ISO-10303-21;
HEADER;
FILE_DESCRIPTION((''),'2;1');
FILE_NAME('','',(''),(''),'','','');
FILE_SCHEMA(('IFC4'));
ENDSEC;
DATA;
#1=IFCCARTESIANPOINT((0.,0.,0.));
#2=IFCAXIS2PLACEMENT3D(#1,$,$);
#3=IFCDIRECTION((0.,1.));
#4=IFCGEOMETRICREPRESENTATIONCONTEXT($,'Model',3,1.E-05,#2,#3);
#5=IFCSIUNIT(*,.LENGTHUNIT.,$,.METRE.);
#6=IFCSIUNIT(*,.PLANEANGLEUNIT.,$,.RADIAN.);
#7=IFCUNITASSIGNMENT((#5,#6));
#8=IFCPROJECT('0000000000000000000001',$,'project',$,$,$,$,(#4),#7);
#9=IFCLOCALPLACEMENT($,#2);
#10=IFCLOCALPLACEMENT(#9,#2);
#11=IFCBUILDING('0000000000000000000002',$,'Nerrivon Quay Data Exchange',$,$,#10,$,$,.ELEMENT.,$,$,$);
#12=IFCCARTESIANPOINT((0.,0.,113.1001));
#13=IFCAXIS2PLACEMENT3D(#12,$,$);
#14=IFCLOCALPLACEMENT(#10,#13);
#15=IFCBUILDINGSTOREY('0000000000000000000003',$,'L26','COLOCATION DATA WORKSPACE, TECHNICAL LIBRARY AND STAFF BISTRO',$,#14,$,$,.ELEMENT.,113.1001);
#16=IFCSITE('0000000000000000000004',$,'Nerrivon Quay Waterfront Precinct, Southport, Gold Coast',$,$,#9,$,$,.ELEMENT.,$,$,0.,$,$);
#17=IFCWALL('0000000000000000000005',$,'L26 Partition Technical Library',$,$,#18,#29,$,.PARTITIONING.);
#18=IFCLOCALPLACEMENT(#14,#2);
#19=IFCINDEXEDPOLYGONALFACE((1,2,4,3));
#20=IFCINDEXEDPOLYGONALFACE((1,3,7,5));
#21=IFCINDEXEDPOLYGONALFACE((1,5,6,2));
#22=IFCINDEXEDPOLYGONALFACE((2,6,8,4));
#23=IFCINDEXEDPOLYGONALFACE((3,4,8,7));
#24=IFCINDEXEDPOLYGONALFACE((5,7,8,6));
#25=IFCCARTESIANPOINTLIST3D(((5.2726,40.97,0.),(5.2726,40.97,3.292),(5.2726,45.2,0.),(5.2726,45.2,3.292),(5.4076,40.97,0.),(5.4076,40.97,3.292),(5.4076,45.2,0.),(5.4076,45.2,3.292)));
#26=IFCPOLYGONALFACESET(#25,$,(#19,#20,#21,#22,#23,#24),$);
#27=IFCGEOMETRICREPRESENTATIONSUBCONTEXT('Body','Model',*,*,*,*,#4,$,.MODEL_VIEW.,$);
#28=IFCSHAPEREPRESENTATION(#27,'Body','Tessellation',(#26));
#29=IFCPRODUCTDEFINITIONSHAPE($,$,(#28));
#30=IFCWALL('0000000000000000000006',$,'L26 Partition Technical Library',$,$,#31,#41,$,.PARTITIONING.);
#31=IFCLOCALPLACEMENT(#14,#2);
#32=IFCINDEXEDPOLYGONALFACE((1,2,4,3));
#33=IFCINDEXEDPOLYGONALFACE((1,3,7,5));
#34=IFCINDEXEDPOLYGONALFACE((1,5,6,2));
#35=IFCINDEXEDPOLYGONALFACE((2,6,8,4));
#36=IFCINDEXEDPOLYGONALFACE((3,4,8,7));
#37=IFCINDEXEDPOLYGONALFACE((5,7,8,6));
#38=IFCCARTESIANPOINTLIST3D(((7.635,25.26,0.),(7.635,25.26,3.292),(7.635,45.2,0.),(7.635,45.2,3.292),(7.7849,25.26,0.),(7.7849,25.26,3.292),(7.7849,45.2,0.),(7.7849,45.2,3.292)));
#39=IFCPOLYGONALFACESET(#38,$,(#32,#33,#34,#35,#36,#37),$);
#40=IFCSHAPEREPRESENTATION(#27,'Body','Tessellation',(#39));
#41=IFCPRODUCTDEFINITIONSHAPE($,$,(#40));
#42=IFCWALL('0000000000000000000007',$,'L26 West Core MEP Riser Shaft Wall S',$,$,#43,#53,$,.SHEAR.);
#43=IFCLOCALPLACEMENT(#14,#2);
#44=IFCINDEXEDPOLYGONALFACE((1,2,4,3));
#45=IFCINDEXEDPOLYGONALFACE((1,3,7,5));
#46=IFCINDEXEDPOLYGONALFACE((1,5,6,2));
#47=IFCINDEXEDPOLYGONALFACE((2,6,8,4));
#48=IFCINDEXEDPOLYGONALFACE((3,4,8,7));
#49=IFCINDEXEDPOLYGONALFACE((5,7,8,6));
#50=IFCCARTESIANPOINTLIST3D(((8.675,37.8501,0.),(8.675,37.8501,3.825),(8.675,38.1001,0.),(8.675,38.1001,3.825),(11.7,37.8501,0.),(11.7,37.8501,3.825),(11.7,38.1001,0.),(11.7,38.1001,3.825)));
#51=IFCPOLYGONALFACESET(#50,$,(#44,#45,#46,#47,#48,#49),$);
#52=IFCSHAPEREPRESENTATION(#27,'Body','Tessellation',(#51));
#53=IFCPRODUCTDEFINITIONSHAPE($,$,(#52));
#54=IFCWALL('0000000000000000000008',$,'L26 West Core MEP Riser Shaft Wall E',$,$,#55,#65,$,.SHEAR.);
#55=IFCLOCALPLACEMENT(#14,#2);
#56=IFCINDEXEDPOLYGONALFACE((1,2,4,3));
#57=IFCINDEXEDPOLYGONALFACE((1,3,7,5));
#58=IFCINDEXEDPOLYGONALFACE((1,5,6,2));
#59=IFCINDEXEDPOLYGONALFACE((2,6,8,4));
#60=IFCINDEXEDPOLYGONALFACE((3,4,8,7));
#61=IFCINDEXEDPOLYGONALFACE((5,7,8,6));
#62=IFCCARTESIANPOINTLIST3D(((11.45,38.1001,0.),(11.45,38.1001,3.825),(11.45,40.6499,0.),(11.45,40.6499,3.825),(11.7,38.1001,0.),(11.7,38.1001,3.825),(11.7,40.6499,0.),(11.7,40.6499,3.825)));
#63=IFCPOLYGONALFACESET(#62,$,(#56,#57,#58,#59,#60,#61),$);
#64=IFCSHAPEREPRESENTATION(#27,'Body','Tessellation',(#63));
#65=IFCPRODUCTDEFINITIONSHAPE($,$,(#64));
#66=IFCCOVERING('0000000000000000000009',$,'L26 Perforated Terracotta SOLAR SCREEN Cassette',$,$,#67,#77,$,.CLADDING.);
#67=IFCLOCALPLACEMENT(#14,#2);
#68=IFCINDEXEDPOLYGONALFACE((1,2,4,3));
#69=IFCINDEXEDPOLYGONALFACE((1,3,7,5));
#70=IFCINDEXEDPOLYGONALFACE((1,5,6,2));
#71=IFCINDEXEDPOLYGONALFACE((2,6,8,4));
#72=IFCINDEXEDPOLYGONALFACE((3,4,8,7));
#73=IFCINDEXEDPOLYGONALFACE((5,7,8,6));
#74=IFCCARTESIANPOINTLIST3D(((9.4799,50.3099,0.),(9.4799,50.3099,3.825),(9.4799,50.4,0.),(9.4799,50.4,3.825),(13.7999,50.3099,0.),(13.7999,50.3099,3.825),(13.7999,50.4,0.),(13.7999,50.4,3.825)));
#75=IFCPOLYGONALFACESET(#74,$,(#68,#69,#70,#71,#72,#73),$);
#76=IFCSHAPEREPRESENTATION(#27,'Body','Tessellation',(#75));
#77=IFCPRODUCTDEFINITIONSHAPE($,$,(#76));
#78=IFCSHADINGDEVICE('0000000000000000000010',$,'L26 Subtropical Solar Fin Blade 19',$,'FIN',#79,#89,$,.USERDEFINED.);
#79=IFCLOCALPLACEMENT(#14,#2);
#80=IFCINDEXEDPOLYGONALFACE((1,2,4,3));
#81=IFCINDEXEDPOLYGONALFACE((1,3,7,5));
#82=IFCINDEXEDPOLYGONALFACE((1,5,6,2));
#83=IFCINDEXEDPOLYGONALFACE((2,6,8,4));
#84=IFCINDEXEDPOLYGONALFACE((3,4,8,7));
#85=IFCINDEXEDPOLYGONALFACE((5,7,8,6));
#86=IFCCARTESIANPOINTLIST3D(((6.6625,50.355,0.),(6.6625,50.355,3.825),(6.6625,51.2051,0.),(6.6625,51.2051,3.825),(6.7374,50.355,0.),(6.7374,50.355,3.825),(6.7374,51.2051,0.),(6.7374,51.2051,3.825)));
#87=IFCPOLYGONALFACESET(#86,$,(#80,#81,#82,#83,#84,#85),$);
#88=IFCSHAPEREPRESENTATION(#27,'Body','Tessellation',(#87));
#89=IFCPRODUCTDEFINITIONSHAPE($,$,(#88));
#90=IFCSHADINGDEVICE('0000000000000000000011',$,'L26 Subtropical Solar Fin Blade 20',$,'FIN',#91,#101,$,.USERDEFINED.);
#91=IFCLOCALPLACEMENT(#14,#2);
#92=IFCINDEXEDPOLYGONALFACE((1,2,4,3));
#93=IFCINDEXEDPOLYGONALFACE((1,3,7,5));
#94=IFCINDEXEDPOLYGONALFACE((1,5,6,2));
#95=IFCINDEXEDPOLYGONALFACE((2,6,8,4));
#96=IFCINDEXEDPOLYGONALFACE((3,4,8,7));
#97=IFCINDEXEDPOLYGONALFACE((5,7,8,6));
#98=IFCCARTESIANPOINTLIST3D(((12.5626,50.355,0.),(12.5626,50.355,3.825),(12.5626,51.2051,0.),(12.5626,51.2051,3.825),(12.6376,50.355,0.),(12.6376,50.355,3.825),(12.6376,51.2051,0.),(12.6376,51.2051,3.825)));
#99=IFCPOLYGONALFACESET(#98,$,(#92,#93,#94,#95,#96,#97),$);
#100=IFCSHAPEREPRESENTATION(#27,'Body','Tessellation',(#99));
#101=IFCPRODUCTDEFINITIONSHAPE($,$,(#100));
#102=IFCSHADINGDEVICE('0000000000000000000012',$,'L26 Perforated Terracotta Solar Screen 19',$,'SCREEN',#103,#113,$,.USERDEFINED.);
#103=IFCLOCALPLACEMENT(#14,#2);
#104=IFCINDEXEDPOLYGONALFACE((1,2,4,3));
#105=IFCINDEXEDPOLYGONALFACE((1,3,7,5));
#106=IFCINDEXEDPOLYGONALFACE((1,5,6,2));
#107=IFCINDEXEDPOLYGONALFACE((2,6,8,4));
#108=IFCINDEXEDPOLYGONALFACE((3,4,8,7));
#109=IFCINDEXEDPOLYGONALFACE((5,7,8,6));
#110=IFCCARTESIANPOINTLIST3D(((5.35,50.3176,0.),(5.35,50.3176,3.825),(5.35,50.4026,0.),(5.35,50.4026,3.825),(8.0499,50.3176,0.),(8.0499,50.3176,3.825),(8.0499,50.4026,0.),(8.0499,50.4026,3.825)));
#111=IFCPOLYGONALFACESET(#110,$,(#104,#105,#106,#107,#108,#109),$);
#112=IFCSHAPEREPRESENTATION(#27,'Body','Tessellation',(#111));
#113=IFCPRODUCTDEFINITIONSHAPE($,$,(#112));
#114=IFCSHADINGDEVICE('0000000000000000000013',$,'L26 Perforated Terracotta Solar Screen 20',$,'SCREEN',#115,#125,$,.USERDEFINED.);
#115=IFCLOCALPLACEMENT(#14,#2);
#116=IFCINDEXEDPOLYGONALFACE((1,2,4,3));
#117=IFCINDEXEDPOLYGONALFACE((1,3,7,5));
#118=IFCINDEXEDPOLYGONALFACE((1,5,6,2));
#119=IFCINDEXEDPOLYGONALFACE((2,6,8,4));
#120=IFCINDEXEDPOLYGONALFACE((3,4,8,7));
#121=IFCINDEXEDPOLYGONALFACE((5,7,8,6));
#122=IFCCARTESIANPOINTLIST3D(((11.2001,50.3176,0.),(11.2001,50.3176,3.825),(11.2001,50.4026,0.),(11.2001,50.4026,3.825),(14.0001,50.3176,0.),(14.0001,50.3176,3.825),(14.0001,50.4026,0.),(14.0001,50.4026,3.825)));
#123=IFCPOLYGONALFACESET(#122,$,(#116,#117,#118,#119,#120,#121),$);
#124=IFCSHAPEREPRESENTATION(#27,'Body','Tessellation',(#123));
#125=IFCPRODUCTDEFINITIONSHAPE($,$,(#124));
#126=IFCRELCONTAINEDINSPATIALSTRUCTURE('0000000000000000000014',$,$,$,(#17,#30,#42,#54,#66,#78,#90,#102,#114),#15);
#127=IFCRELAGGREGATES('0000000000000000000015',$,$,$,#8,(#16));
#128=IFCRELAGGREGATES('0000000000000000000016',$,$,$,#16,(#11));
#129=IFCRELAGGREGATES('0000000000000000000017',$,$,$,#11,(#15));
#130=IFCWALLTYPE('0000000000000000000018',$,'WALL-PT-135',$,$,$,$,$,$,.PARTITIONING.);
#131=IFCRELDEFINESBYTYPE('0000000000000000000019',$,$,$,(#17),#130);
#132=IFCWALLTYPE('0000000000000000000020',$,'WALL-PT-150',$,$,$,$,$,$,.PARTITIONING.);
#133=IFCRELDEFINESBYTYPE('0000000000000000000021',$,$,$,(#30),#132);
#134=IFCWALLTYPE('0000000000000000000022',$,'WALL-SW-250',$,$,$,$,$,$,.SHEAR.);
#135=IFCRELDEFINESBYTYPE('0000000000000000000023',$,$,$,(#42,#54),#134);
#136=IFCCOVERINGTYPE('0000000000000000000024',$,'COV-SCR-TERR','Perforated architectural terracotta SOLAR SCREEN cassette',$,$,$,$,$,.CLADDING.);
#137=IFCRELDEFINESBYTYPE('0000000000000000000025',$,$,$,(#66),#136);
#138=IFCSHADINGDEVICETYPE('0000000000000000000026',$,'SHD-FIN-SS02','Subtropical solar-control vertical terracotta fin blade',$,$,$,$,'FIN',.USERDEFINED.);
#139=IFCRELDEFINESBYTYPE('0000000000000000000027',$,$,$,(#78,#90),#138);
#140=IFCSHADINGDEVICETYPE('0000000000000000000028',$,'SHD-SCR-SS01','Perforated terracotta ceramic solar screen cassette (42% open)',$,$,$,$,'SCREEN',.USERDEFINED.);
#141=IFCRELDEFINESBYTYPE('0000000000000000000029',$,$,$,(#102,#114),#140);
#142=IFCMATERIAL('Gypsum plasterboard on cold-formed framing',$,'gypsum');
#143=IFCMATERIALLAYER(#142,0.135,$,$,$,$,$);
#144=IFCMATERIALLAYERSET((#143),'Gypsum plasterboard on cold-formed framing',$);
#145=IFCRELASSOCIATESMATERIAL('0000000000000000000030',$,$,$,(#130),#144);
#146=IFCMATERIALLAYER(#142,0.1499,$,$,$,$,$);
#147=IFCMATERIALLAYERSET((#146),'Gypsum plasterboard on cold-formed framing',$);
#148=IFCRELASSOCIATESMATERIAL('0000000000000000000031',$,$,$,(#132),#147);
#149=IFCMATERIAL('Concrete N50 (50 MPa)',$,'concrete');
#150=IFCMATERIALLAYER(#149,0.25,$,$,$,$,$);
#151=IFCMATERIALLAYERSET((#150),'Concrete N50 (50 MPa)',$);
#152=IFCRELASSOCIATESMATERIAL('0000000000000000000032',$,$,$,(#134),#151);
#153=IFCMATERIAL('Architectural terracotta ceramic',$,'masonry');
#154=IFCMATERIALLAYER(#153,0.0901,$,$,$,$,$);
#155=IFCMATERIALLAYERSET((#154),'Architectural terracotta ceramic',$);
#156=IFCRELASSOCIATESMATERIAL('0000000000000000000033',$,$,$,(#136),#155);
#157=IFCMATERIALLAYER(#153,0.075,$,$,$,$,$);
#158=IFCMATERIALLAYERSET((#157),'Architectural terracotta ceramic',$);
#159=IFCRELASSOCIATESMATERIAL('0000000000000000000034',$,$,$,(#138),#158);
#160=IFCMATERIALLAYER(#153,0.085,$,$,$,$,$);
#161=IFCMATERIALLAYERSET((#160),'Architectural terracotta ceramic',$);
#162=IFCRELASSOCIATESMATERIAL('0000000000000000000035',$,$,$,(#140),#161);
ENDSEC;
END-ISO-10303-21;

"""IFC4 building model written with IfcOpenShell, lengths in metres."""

from ifc_helpers import new_model, si_unit, direction, frame, frame_2d, origin, origin_2d, place, context, subcontext, project, spatial, rectangle, extrude, material, layer, layer_set, type_object, element, save


model = new_model("IFC4")

# Units and contexts
model_context = context("Model", 3, precision=1e-05, world=origin(), true_north=direction((0.0, 1.0)))
body_context = subcontext(model_context, "Body", "Model", "MODEL_VIEW")
ifc_project = project(units=[si_unit("LENGTHUNIT", "METRE"), si_unit("PLANEANGLEUNIT", "RADIAN")], contexts=[model_context])

# Site, building, storey
site_placement = place(None, origin())
site = spatial("IfcSite", under=ifc_project, at=site_placement, Name="Nerrivon Quay Waterfront Precinct, Southport, Gold Coast", CompositionType="ELEMENT", RefElevation=0.0)
building_placement = place(site_placement, origin())
building = spatial("IfcBuilding", under=site, at=building_placement, Name="Nerrivon Quay Data Exchange", CompositionType="ELEMENT")
storey_placement = place(building_placement, frame((0.0, 0.0, 113.1001)))
storey = spatial("IfcBuildingStorey", under=building, at=storey_placement, Name="L26", Description="COLOCATION DATA WORKSPACE, TECHNICAL LIBRARY AND STAFF BISTRO", CompositionType="ELEMENT", Elevation=113.1001)

# Shared definitions
ifc_material_1 = material(Name="Gypsum plasterboard on cold-formed framing", Category="gypsum")

# Walls
ifc_layer_1 = layer(ifc_material_1, 0.135)
ifc_layer_set_1 = layer_set([ifc_layer_1], Name="Gypsum plasterboard on cold-formed framing")
wall_type_1 = type_object("IfcWallType", Name="WALL-PT-135", PredefinedType="PARTITIONING", material=ifc_layer_set_1)
wall_1_placement = place(storey_placement, frame((5.3401, 40.97, 0.0), z_axis=(0.0, 0.0, 1.0), x_axis=(0.0, 1.0, 0.0)))
element("IfcWall", 1, at=wall_1_placement, inside=storey, type_object=wall_type_1, Name="L26 Partition Technical Library", PredefinedType="PARTITIONING", context=body_context, shape_type="SweptSolid", body=[
    extrude(rectangle(XDim=4.23, YDim=0.135, at=frame_2d((2.115, 0.0))), origin(), (0.0, 0.0, 1.0), 3.292),
])
ifc_layer_2 = layer(ifc_material_1, 0.1499)
ifc_layer_set_2 = layer_set([ifc_layer_2], Name="Gypsum plasterboard on cold-formed framing")
wall_type_2 = type_object("IfcWallType", Name="WALL-PT-150", PredefinedType="PARTITIONING", material=ifc_layer_set_2)
wall_2_placement = place(storey_placement, frame((7.71, 45.2, 0.0), z_axis=(0.0, 0.0, 1.0), x_axis=(0.0, -1.0, 0.0)))
element("IfcWall", 2, at=wall_2_placement, inside=storey, type_object=wall_type_2, Name="L26 Partition Technical Library", PredefinedType="PARTITIONING", context=body_context, shape_type="SweptSolid", body=[
    extrude(rectangle(XDim=19.9399, YDim=0.1499, at=frame_2d((9.97, 0.0))), origin(), (0.0, 0.0, 1.0), 3.292),
])
ifc_material_2 = material(Name="Concrete N50 (50 MPa)", Category="concrete")
ifc_layer_3 = layer(ifc_material_2, 0.25)
ifc_layer_set_3 = layer_set([ifc_layer_3], Name="Concrete N50 (50 MPa)")
wall_type_3 = type_object("IfcWallType", Name="WALL-SW-250", PredefinedType="SHEAR", material=ifc_layer_set_3)
wall_3_placement = place(storey_placement, frame((8.675, 37.9751, 0.0), z_axis=(0.0, 0.0, 1.0), x_axis=(1.0, 0.0, 0.0)))
element("IfcWall", 3, at=wall_3_placement, inside=storey, type_object=wall_type_3, Name="L26 West Core MEP Riser Shaft Wall S", PredefinedType="SHEAR", context=body_context, shape_type="SweptSolid", body=[
    extrude(rectangle(XDim=3.0249, YDim=0.25, at=frame_2d((1.5125, 0.0))), origin(), (0.0, 0.0, 1.0), 3.825),
])
wall_4_placement = place(storey_placement, frame((11.575, 38.1001, 0.0), z_axis=(0.0, 0.0, 1.0), x_axis=(0.0, 1.0, 0.0)))
element("IfcWall", 4, at=wall_4_placement, inside=storey, type_object=wall_type_3, Name="L26 West Core MEP Riser Shaft Wall E", PredefinedType="SHEAR", context=body_context, shape_type="SweptSolid", body=[
    extrude(rectangle(XDim=2.5498, YDim=0.25, at=frame_2d((1.2749, 0.0))), origin(), (0.0, 0.0, 1.0), 3.825),
])

# Covering
ifc_material_3 = material(Name="Architectural terracotta ceramic", Category="masonry")
ifc_layer_4 = layer(ifc_material_3, 0.0901)
ifc_layer_set_4 = layer_set([ifc_layer_4], Name="Architectural terracotta ceramic")
covering_type = type_object("IfcCoveringType", Name="COV-SCR-TERR", Description="Perforated architectural terracotta SOLAR SCREEN cassette", PredefinedType="CLADDING", material=ifc_layer_set_4)
covering_placement = place(storey_placement, frame((11.6399, 50.355, 0.0), z_axis=(0.0, 0.0, 1.0), x_axis=(1.0, 0.0, 0.0)))
element("IfcCovering", 5, at=covering_placement, inside=storey, type_object=covering_type, Name="L26 Perforated Terracotta SOLAR SCREEN Cassette", PredefinedType="CLADDING", context=body_context, shape_type="SweptSolid", body=[
    extrude(rectangle(XDim=4.3201, YDim=0.0901, at=origin_2d()), origin(), (0.0, 0.0, 1.0), 3.825),
])

# Shading devices
ifc_layer_5 = layer(ifc_material_3, 0.075)
ifc_layer_set_5 = layer_set([ifc_layer_5], Name="Architectural terracotta ceramic")
shading_device_type_1 = type_object("IfcShadingDeviceType", Name="SHD-FIN-SS02", Description="Subtropical solar-control vertical terracotta fin blade", ElementType="FIN", PredefinedType="USERDEFINED", material=ifc_layer_set_5)
for number, where, z_axis, x_axis, name in (
    (6, (6.7, 50.78, 0.0), (0.0, 0.0, 1.0), (1.0, 0.0, 0.0), "L26 Subtropical Solar Fin Blade 19"),
    (7, (12.6001, 50.78, 0.0), (0.0, 0.0, 1.0), (1.0, 0.0, 0.0), "L26 Subtropical Solar Fin Blade 20"),
):
    element("IfcShadingDevice", number, at=place(storey_placement, frame(where, z_axis=z_axis, x_axis=x_axis)), inside=storey, type_object=shading_device_type_1, Name=name, ObjectType="FIN", PredefinedType="USERDEFINED", context=body_context, shape_type="SweptSolid", body=[
        extrude(rectangle(XDim=0.075, YDim=0.8501, at=origin_2d()), origin(), (0.0, 0.0, 1.0), 3.825),
    ])
ifc_layer_6 = layer(ifc_material_3, 0.085)
ifc_layer_set_6 = layer_set([ifc_layer_6], Name="Architectural terracotta ceramic")
shading_device_type_2 = type_object("IfcShadingDeviceType", Name="SHD-SCR-SS01", Description="Perforated terracotta ceramic solar screen cassette (42% open)", ElementType="SCREEN", PredefinedType="USERDEFINED", material=ifc_layer_set_6)
shading_device_1_placement = place(storey_placement, frame((6.7, 50.3601, 0.0), z_axis=(0.0, 0.0, 1.0), x_axis=(1.0, 0.0, 0.0)))
element("IfcShadingDevice", 8, at=shading_device_1_placement, inside=storey, type_object=shading_device_type_2, Name="L26 Perforated Terracotta Solar Screen 19", ObjectType="SCREEN", PredefinedType="USERDEFINED", context=body_context, shape_type="SweptSolid", body=[
    extrude(rectangle(XDim=2.7, YDim=0.085, at=origin_2d()), origin(), (0.0, 0.0, 1.0), 3.825),
])
shading_device_2_placement = place(storey_placement, frame((12.6001, 50.3601, 0.0), z_axis=(0.0, 0.0, 1.0), x_axis=(1.0, 0.0, 0.0)))
element("IfcShadingDevice", 9, at=shading_device_2_placement, inside=storey, type_object=shading_device_type_2, Name="L26 Perforated Terracotta Solar Screen 20", ObjectType="SCREEN", PredefinedType="USERDEFINED", context=body_context, shape_type="SweptSolid", body=[
    extrude(rectangle(XDim=2.8, YDim=0.085, at=origin_2d()), origin(), (0.0, 0.0, 1.0), 3.825),
])

save(model, "model.ifc")
